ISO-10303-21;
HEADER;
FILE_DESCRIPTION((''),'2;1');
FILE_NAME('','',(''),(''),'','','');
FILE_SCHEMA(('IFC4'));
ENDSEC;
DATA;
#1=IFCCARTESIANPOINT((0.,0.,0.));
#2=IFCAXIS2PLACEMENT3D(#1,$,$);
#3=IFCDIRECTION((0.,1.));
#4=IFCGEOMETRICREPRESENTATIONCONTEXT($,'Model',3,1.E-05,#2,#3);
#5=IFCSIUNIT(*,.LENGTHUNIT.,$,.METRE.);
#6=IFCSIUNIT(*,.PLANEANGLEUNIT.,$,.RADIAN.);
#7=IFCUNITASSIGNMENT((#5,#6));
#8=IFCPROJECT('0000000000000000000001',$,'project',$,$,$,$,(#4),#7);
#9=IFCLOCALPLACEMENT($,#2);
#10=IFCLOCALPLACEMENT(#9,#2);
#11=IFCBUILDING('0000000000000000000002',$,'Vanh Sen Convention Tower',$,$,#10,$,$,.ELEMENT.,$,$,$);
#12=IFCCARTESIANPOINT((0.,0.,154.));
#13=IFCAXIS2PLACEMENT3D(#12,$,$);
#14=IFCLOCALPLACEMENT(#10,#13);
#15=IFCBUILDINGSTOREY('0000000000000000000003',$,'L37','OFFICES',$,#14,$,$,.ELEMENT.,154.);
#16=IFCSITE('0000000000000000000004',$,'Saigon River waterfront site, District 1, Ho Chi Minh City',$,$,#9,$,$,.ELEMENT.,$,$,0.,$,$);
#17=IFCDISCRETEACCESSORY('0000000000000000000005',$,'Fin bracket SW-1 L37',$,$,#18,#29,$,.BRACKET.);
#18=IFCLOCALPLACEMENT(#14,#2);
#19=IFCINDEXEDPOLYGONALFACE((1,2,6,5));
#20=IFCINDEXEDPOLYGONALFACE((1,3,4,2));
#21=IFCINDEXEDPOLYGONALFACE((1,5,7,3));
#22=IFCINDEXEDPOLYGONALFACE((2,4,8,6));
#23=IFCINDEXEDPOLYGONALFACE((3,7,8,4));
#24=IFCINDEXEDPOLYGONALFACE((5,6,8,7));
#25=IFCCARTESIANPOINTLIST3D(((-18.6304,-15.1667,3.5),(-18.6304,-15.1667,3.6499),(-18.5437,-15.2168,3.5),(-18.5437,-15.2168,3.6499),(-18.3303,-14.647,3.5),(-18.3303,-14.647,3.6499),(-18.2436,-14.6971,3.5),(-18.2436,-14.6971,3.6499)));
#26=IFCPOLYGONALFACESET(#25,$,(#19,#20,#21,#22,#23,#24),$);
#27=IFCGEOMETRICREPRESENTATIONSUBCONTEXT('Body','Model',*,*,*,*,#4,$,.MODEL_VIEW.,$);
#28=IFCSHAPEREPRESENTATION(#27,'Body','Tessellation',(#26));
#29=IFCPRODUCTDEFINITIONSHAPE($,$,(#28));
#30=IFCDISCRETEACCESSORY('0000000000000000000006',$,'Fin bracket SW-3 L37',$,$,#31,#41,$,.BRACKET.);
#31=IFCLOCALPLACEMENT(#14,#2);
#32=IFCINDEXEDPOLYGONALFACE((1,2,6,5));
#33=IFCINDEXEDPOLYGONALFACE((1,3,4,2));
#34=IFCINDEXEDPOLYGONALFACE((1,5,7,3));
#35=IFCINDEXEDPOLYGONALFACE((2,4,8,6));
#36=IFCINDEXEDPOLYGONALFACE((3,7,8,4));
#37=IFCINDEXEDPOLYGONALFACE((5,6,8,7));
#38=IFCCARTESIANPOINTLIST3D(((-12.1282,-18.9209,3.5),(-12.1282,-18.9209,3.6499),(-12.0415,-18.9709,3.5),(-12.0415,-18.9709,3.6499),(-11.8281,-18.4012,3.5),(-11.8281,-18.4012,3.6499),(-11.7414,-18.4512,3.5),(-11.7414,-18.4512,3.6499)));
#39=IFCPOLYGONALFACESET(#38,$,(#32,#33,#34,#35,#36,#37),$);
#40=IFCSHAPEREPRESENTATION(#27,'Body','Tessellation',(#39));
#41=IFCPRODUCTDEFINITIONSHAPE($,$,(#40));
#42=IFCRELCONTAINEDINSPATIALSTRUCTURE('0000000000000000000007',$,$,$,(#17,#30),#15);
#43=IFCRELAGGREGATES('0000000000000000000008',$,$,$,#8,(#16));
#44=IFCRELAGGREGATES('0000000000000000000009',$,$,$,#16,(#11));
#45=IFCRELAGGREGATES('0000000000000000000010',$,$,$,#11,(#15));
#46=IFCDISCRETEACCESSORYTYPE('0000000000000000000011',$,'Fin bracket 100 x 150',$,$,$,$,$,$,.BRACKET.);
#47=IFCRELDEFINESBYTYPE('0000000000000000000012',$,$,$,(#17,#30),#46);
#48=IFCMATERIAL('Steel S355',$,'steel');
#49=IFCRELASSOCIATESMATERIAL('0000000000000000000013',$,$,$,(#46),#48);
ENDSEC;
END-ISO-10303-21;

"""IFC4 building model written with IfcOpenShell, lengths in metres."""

from ifc_helpers import new_model, si_unit, direction, frame, origin, origin_2d, place, context, subcontext, project, spatial, rectangle, extrude, material, type_object, element, save


model = new_model("IFC4")

# Units and contexts
model_context = context("Model", 3, precision=1e-05, world=origin(), true_north=direction((0.0, 1.0)))
body_context = subcontext(model_context, "Body", "Model", "MODEL_VIEW")
ifc_project = project(units=[si_unit("LENGTHUNIT", "METRE"), si_unit("PLANEANGLEUNIT", "RADIAN")], contexts=[model_context])

# Site, building, storey
site_placement = place(None, origin())
site = spatial("IfcSite", under=ifc_project, at=site_placement, Name="Saigon River waterfront site, District 1, Ho Chi Minh City", CompositionType="ELEMENT", RefElevation=0.0)
building_placement = place(site_placement, origin())
building = spatial("IfcBuilding", under=site, at=building_placement, Name="Vanh Sen Convention Tower", CompositionType="ELEMENT")
storey_placement = place(building_placement, frame((0.0, 0.0, 154.0)))
storey = spatial("IfcBuildingStorey", under=building, at=storey_placement, Name="L37", Description="OFFICES", CompositionType="ELEMENT", Elevation=154.0)

# Discrete accessories
ifc_material_1 = material(Name="Steel S355", Category="steel")
discrete_accessory_type = type_object("IfcDiscreteAccessoryType", Name="Fin bracket 100 x 150", PredefinedType="BRACKET", material=ifc_material_1)
for number, where, z_axis, x_axis, name in (
    (1, (-18.437, -14.9319, 3.5), (0.0, 0.0, 1.0), (-0.5, -0.866025, 0.0), "Fin bracket SW-1 L37"),
    (2, (-11.9348, -18.686, 3.5), (0.0, 0.0, 1.0), (-0.5, -0.866025, 0.0), "Fin bracket SW-3 L37"),
):
    element("IfcDiscreteAccessory", number, at=place(storey_placement, frame(where, z_axis=z_axis, x_axis=x_axis)), inside=storey, type_object=discrete_accessory_type, Name=name, PredefinedType="BRACKET", context=body_context, shape_type="SweptSolid", body=[
        extrude(rectangle(XDim=0.6001, YDim=0.1001, at=origin_2d()), origin(), (0.0, 0.0, 1.0), 0.1499),
    ])

save(model, "model.ifc")
